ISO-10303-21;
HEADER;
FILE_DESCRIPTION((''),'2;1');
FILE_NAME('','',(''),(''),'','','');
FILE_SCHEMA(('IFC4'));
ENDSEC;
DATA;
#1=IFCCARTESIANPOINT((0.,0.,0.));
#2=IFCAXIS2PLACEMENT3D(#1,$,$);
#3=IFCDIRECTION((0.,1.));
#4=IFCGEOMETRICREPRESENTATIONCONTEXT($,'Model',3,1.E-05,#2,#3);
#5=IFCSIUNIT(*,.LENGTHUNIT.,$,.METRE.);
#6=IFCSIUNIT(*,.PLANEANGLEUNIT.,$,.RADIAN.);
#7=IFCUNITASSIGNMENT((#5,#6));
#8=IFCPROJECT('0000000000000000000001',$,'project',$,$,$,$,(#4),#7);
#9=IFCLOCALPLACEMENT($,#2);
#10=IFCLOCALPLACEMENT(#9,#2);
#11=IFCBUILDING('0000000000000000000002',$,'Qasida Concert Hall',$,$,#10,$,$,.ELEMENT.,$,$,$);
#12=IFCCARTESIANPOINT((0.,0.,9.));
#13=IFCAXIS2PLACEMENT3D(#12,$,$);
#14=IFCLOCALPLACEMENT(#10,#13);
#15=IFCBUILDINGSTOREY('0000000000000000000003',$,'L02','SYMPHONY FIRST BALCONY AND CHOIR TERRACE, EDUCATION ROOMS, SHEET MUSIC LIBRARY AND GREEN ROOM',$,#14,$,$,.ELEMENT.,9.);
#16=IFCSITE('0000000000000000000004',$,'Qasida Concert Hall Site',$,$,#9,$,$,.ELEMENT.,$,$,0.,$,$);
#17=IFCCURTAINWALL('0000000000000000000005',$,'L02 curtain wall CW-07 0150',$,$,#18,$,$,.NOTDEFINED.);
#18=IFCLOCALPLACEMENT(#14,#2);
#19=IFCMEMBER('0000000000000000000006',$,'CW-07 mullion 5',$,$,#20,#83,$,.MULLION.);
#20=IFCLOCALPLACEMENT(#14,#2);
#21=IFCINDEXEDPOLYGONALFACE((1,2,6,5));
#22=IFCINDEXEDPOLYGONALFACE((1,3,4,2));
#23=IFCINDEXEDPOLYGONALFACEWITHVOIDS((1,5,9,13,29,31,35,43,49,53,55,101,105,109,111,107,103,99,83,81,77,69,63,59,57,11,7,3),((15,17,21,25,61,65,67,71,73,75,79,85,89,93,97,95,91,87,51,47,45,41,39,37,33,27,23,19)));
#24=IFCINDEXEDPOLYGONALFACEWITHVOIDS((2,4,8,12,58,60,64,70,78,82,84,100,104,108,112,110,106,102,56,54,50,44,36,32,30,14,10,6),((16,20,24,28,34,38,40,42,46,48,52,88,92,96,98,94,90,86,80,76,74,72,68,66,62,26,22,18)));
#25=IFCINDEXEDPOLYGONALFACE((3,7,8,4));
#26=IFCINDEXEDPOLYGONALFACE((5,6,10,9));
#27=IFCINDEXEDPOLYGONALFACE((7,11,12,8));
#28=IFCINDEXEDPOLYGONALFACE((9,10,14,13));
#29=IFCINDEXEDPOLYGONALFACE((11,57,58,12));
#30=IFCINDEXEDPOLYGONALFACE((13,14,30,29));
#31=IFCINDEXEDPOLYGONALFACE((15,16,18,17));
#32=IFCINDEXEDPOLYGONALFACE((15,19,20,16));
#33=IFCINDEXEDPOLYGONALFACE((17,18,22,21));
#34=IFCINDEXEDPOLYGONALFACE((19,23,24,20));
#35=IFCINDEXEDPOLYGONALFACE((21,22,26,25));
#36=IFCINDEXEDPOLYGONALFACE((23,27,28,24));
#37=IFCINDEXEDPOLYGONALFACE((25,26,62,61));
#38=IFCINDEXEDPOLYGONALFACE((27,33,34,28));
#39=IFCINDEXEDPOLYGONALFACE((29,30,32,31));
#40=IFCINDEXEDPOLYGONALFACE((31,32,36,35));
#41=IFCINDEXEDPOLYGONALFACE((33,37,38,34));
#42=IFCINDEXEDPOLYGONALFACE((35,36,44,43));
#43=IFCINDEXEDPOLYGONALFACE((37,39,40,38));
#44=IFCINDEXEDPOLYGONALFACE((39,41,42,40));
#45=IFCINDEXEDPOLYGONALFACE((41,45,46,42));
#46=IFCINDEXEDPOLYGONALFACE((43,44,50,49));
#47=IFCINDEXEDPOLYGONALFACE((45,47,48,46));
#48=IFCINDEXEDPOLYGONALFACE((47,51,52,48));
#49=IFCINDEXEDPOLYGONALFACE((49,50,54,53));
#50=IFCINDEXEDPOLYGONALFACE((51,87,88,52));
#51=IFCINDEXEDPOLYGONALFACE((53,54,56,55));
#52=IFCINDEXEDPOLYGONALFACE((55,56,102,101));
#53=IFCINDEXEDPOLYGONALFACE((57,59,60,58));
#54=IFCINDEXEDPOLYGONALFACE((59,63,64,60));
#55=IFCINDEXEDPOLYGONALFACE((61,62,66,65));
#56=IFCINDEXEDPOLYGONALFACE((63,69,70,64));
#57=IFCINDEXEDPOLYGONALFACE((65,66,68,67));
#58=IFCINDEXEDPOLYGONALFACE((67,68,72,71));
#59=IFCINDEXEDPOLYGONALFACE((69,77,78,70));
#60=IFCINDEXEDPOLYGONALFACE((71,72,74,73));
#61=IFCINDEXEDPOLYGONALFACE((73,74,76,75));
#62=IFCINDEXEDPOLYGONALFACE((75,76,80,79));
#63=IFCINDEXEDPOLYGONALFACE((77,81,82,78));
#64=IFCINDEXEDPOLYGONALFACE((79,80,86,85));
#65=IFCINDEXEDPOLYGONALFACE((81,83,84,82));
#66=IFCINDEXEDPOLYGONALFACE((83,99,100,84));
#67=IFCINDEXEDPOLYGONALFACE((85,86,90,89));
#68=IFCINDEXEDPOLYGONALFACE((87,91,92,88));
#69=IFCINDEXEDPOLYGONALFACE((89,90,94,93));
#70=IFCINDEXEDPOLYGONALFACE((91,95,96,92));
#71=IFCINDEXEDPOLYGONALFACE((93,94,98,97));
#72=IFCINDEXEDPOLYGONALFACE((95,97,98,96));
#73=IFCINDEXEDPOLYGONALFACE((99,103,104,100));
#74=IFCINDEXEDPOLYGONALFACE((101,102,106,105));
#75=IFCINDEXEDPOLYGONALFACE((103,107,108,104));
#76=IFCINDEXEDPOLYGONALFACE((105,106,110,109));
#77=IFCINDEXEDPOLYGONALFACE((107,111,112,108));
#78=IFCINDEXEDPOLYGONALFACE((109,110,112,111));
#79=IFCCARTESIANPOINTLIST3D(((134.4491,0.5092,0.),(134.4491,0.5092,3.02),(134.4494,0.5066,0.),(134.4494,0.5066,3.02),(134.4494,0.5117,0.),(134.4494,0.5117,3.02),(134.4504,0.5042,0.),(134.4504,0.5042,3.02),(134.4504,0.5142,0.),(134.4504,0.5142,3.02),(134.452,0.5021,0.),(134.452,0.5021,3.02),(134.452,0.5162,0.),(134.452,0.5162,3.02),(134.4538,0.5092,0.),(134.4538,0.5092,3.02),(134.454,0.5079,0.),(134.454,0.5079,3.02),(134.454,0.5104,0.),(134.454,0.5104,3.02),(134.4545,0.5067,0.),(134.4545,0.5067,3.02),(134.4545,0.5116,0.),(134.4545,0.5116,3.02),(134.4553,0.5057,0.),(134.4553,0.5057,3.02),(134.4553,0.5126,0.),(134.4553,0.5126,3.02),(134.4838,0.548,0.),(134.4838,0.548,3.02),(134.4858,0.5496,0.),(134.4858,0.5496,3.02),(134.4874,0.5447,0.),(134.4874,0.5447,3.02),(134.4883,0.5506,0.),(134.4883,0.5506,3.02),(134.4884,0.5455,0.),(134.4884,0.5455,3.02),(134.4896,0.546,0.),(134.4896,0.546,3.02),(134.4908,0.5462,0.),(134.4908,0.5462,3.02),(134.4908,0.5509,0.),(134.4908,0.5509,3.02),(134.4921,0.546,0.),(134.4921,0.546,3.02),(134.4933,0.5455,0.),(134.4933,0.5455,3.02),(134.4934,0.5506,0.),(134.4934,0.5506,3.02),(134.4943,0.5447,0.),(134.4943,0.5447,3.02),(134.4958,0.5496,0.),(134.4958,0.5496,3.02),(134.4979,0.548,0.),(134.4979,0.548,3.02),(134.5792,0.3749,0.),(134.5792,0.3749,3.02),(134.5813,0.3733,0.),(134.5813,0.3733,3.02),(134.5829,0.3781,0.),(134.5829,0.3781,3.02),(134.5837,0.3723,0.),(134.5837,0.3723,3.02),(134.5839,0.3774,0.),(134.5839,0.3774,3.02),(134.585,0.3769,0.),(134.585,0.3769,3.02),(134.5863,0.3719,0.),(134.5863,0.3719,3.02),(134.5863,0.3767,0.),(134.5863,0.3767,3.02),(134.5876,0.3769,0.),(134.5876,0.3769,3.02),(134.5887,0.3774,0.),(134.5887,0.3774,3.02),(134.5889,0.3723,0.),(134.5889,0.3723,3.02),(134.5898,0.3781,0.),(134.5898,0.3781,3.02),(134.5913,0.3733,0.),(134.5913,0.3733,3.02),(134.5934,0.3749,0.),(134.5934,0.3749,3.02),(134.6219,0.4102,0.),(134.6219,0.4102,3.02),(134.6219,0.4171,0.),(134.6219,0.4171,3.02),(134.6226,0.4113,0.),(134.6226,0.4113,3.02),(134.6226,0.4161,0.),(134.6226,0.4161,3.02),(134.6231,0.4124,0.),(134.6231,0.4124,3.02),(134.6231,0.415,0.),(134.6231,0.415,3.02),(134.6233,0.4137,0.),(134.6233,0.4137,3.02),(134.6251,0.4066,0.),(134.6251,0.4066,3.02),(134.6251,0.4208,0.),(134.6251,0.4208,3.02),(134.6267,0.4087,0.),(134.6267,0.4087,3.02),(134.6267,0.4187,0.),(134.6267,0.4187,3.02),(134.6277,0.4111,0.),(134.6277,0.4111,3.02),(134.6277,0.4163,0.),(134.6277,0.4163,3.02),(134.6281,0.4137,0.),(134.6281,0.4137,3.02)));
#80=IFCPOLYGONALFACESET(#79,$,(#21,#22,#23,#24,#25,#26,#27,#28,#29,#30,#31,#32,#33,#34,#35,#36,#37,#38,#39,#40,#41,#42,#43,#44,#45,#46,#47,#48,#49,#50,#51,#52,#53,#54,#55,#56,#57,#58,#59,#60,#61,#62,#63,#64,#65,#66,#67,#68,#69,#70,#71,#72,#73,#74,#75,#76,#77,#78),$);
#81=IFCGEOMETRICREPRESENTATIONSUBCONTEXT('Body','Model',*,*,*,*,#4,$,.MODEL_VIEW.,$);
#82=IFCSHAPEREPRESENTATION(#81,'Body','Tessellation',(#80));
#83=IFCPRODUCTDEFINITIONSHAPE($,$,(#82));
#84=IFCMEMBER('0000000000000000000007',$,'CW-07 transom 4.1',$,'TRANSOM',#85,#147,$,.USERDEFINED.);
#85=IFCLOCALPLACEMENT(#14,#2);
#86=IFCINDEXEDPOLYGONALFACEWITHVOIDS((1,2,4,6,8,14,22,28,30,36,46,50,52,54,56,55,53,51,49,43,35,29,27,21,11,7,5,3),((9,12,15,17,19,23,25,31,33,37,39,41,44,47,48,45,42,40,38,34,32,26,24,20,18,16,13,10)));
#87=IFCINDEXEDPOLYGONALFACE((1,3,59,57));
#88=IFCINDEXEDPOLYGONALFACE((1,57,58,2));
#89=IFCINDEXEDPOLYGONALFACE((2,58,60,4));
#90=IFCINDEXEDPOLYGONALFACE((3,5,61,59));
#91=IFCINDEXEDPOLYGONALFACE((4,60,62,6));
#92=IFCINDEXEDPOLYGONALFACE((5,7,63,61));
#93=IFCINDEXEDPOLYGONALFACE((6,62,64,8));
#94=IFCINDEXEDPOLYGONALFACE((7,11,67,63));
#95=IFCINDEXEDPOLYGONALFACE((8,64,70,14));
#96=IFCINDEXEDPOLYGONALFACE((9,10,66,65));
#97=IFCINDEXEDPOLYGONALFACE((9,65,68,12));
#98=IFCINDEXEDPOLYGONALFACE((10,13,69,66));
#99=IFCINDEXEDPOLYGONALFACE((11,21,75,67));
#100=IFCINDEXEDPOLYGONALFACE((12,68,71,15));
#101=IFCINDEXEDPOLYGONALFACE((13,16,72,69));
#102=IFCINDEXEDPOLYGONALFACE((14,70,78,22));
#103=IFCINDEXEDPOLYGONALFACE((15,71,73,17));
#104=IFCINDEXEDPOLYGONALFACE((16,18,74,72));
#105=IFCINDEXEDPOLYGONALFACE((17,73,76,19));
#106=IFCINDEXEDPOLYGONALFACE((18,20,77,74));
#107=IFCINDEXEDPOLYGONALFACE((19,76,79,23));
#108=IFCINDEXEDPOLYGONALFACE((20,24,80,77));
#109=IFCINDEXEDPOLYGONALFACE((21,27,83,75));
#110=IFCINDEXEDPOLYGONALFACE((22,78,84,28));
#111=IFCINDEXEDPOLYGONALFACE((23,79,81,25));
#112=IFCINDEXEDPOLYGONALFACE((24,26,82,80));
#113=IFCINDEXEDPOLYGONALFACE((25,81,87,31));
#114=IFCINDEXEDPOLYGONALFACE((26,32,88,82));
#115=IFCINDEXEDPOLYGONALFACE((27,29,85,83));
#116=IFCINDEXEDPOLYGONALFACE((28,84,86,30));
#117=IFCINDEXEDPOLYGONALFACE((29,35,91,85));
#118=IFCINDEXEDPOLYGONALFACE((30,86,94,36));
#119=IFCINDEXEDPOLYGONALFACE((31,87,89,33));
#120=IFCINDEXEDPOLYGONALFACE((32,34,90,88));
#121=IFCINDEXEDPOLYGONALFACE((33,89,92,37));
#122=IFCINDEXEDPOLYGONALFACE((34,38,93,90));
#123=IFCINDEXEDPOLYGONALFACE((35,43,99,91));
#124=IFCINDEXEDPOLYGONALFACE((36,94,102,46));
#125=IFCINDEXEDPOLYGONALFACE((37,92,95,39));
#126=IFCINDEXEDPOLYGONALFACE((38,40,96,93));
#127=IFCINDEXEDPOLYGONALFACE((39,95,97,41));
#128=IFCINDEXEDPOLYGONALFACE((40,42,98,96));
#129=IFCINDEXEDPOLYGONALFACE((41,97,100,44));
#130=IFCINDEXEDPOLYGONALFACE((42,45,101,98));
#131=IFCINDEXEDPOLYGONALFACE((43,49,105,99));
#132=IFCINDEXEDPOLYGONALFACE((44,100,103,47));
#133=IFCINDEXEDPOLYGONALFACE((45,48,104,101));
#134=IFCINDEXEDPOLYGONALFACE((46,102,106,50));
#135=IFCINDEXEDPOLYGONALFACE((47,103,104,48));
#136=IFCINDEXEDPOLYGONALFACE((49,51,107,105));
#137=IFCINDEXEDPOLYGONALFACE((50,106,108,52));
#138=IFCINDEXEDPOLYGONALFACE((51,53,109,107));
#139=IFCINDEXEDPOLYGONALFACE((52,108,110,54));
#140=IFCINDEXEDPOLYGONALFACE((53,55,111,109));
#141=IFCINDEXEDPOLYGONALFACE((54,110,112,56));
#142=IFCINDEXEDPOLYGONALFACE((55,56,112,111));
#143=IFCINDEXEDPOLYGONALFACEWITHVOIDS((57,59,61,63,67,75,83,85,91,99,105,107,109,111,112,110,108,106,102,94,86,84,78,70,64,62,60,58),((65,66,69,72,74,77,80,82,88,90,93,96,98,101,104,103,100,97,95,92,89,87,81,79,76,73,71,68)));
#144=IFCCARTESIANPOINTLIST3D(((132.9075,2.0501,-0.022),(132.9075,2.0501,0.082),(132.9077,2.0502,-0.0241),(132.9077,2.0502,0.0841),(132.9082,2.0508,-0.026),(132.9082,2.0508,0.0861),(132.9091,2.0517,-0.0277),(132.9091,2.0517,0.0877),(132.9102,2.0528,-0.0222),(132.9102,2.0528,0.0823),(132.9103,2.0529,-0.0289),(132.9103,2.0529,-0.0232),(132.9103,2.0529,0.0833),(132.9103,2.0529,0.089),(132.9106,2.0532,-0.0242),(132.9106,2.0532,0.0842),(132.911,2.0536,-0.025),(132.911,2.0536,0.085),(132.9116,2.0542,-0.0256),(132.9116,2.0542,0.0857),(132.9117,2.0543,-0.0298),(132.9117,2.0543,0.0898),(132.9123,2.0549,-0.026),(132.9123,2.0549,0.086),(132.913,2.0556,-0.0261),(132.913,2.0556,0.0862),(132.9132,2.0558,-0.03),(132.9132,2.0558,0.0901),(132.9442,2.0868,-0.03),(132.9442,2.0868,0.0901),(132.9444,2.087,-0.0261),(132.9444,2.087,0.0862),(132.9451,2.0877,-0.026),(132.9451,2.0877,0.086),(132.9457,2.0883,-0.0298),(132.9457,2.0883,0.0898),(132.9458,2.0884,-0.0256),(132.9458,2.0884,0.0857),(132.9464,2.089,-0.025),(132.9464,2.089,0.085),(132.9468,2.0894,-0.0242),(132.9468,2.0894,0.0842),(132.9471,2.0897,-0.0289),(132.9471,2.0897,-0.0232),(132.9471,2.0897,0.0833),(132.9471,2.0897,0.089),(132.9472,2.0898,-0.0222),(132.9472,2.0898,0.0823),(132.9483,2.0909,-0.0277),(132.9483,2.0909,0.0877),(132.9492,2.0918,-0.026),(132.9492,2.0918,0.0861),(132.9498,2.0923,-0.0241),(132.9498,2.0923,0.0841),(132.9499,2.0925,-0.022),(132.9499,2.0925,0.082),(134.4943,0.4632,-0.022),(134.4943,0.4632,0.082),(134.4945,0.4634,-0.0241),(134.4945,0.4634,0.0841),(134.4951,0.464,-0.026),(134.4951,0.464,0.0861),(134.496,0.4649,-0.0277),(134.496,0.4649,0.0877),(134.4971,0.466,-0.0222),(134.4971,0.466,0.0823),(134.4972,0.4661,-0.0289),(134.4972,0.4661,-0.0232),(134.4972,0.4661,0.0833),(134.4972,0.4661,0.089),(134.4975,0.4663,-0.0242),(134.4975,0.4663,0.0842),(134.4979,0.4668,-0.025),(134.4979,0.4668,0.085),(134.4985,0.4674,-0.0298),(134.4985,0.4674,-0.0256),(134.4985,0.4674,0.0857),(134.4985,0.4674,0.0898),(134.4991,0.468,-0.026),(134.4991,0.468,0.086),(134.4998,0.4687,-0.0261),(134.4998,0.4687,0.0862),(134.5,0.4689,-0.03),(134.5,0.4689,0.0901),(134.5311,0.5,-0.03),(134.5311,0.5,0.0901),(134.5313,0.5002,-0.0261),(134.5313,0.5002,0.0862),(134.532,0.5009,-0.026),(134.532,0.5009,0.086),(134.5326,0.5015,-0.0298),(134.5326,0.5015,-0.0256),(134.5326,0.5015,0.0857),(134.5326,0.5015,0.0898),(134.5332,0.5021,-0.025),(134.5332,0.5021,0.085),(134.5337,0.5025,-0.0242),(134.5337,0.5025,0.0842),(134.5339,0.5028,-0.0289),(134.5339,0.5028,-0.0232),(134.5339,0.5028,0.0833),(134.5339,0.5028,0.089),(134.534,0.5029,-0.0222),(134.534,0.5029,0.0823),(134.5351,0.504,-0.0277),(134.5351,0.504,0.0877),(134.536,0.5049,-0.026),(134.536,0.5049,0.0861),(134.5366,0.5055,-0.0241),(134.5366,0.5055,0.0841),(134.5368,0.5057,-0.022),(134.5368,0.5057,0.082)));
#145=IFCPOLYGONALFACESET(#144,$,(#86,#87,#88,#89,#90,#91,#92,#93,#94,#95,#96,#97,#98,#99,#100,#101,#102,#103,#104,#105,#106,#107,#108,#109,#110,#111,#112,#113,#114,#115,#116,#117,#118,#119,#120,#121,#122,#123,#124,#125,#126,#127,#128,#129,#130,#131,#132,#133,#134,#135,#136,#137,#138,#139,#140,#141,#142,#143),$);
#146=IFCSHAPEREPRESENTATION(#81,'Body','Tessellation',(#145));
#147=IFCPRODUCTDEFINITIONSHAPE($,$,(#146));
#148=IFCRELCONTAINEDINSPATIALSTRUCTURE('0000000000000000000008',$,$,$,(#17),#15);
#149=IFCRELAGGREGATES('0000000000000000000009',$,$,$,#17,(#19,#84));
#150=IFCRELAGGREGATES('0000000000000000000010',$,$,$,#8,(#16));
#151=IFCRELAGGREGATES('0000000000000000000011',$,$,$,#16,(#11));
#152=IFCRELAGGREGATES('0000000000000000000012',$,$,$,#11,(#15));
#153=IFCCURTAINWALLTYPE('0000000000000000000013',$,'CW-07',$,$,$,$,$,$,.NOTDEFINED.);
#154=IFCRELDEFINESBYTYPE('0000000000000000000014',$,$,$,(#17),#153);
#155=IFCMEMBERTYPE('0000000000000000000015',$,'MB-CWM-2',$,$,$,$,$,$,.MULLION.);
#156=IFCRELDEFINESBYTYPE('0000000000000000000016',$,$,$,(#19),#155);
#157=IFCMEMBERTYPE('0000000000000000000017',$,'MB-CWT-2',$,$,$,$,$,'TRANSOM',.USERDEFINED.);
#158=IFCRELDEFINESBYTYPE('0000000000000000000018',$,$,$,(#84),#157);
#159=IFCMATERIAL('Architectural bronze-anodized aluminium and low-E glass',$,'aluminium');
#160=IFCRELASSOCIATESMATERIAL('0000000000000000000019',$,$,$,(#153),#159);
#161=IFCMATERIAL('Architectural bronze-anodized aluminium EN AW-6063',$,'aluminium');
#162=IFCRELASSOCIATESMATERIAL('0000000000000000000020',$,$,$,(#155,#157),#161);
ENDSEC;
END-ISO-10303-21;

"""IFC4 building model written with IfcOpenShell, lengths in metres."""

from ifc_helpers import new_model, si_unit, direction, frame, origin, origin_2d, place, context, subcontext, project, spatial, hollow_rectangle, extrude, material, material_profile, profile_set, type_object, element, aggregate, save


model = new_model("IFC4")

# Units and contexts
model_context = context("Model", 3, precision=1e-05, world=origin(), true_north=direction((0.0, 1.0)))
body_context = subcontext(model_context, "Body", "Model", "MODEL_VIEW")
ifc_project = project(units=[si_unit("LENGTHUNIT", "METRE"), si_unit("PLANEANGLEUNIT", "RADIAN")], contexts=[model_context])

# Site, building, storey
site_placement = place(None, origin())
site = spatial("IfcSite", under=ifc_project, at=site_placement, Name="Qasida Concert Hall Site", CompositionType="ELEMENT", RefElevation=0.0)
building_placement = place(site_placement, origin())
building = spatial("IfcBuilding", under=site, at=building_placement, Name="Qasida Concert Hall", CompositionType="ELEMENT")
storey_placement = place(building_placement, frame((0.0, 0.0, 9.0)))
storey = spatial("IfcBuildingStorey", under=building, at=storey_placement, Name="L02", Description="SYMPHONY FIRST BALCONY AND CHOIR TERRACE, EDUCATION ROOMS, SHEET MUSIC LIBRARY AND GREEN ROOM", CompositionType="ELEMENT", Elevation=9.0)

# Curtain wall, members
ifc_material_1 = material(Name="Architectural bronze-anodized aluminium and low-E glass", Category="aluminium")
curtain_wall_type = type_object("IfcCurtainWallType", Name="CW-07", PredefinedType="NOTDEFINED", material=ifc_material_1)
curtain_wall_placement = place(storey_placement, origin())
curtain_wall = element("IfcCurtainWall", 1, at=curtain_wall_placement, inside=storey, type_object=curtain_wall_type, Name="L02 curtain wall CW-07 0150", PredefinedType="NOTDEFINED")
ifc_material_2 = material(Name="Architectural bronze-anodized aluminium EN AW-6063", Category="aluminium")
ifc_material_profile_1 = material_profile(ifc_material_2, hollow_rectangle(XDim=0.0649, YDim=0.2, WallThickness=0.0049, InnerFilletRadius=0.0049, OuterFilletRadius=0.01, at=origin_2d()), Name="CWM 200x65x5")
ifc_profile_set_1 = profile_set([ifc_material_profile_1], Name="Architectural bronze-anodized aluminium EN AW-6063")
member_type_1 = type_object("IfcMemberType", Name="MB-CWM-2", PredefinedType="MULLION", material=ifc_profile_set_1)
member_1_placement = place(storey_placement, frame((134.5386, 0.4614, 0.0), z_axis=(0.0, 0.0, 1.0), x_axis=(0.707107, 0.707107, 0.0)))
member_1 = element("IfcMember", 2, at=member_1_placement, type_object=member_type_1, Name="CW-07 mullion 5", PredefinedType="MULLION", context=body_context, shape_type="SweptSolid", body=[
    extrude(hollow_rectangle(XDim=0.0649, YDim=0.2, WallThickness=0.0049, InnerFilletRadius=0.0049, OuterFilletRadius=0.01, at=origin_2d()), origin(), (0.0, 0.0, 1.0), 3.02),
])
ifc_material_profile_2 = material_profile(ifc_material_2, hollow_rectangle(XDim=0.0601, YDim=0.1201, WallThickness=0.0039, InnerFilletRadius=0.0039, OuterFilletRadius=0.0081, at=origin_2d()), Name="CWT 120x60x4")
ifc_profile_set_2 = profile_set([ifc_material_profile_2], Name="Architectural bronze-anodized aluminium EN AW-6063")
member_type_2 = type_object("IfcMemberType", Name="MB-CWT-2", ElementType="TRANSOM", PredefinedType="USERDEFINED", material=ifc_profile_set_2)
member_2_placement = place(storey_placement, frame((132.9287, 2.0713, 0.03), z_axis=(0.707107, -0.707107, 0.0), x_axis=(0.707107, 0.707107, 0.0)))
member_2 = element("IfcMember", 3, at=member_2_placement, type_object=member_type_2, Name="CW-07 transom 4.1", ObjectType="TRANSOM", PredefinedType="USERDEFINED", context=body_context, shape_type="SweptSolid", body=[
    extrude(hollow_rectangle(XDim=0.0601, YDim=0.1201, WallThickness=0.0039, InnerFilletRadius=0.0039, OuterFilletRadius=0.0081, at=origin_2d()), origin(), (0.0, 0.0, 1.0), 2.2441),
])
aggregate(curtain_wall, [member_1, member_2])

save(model, "model.ifc")
